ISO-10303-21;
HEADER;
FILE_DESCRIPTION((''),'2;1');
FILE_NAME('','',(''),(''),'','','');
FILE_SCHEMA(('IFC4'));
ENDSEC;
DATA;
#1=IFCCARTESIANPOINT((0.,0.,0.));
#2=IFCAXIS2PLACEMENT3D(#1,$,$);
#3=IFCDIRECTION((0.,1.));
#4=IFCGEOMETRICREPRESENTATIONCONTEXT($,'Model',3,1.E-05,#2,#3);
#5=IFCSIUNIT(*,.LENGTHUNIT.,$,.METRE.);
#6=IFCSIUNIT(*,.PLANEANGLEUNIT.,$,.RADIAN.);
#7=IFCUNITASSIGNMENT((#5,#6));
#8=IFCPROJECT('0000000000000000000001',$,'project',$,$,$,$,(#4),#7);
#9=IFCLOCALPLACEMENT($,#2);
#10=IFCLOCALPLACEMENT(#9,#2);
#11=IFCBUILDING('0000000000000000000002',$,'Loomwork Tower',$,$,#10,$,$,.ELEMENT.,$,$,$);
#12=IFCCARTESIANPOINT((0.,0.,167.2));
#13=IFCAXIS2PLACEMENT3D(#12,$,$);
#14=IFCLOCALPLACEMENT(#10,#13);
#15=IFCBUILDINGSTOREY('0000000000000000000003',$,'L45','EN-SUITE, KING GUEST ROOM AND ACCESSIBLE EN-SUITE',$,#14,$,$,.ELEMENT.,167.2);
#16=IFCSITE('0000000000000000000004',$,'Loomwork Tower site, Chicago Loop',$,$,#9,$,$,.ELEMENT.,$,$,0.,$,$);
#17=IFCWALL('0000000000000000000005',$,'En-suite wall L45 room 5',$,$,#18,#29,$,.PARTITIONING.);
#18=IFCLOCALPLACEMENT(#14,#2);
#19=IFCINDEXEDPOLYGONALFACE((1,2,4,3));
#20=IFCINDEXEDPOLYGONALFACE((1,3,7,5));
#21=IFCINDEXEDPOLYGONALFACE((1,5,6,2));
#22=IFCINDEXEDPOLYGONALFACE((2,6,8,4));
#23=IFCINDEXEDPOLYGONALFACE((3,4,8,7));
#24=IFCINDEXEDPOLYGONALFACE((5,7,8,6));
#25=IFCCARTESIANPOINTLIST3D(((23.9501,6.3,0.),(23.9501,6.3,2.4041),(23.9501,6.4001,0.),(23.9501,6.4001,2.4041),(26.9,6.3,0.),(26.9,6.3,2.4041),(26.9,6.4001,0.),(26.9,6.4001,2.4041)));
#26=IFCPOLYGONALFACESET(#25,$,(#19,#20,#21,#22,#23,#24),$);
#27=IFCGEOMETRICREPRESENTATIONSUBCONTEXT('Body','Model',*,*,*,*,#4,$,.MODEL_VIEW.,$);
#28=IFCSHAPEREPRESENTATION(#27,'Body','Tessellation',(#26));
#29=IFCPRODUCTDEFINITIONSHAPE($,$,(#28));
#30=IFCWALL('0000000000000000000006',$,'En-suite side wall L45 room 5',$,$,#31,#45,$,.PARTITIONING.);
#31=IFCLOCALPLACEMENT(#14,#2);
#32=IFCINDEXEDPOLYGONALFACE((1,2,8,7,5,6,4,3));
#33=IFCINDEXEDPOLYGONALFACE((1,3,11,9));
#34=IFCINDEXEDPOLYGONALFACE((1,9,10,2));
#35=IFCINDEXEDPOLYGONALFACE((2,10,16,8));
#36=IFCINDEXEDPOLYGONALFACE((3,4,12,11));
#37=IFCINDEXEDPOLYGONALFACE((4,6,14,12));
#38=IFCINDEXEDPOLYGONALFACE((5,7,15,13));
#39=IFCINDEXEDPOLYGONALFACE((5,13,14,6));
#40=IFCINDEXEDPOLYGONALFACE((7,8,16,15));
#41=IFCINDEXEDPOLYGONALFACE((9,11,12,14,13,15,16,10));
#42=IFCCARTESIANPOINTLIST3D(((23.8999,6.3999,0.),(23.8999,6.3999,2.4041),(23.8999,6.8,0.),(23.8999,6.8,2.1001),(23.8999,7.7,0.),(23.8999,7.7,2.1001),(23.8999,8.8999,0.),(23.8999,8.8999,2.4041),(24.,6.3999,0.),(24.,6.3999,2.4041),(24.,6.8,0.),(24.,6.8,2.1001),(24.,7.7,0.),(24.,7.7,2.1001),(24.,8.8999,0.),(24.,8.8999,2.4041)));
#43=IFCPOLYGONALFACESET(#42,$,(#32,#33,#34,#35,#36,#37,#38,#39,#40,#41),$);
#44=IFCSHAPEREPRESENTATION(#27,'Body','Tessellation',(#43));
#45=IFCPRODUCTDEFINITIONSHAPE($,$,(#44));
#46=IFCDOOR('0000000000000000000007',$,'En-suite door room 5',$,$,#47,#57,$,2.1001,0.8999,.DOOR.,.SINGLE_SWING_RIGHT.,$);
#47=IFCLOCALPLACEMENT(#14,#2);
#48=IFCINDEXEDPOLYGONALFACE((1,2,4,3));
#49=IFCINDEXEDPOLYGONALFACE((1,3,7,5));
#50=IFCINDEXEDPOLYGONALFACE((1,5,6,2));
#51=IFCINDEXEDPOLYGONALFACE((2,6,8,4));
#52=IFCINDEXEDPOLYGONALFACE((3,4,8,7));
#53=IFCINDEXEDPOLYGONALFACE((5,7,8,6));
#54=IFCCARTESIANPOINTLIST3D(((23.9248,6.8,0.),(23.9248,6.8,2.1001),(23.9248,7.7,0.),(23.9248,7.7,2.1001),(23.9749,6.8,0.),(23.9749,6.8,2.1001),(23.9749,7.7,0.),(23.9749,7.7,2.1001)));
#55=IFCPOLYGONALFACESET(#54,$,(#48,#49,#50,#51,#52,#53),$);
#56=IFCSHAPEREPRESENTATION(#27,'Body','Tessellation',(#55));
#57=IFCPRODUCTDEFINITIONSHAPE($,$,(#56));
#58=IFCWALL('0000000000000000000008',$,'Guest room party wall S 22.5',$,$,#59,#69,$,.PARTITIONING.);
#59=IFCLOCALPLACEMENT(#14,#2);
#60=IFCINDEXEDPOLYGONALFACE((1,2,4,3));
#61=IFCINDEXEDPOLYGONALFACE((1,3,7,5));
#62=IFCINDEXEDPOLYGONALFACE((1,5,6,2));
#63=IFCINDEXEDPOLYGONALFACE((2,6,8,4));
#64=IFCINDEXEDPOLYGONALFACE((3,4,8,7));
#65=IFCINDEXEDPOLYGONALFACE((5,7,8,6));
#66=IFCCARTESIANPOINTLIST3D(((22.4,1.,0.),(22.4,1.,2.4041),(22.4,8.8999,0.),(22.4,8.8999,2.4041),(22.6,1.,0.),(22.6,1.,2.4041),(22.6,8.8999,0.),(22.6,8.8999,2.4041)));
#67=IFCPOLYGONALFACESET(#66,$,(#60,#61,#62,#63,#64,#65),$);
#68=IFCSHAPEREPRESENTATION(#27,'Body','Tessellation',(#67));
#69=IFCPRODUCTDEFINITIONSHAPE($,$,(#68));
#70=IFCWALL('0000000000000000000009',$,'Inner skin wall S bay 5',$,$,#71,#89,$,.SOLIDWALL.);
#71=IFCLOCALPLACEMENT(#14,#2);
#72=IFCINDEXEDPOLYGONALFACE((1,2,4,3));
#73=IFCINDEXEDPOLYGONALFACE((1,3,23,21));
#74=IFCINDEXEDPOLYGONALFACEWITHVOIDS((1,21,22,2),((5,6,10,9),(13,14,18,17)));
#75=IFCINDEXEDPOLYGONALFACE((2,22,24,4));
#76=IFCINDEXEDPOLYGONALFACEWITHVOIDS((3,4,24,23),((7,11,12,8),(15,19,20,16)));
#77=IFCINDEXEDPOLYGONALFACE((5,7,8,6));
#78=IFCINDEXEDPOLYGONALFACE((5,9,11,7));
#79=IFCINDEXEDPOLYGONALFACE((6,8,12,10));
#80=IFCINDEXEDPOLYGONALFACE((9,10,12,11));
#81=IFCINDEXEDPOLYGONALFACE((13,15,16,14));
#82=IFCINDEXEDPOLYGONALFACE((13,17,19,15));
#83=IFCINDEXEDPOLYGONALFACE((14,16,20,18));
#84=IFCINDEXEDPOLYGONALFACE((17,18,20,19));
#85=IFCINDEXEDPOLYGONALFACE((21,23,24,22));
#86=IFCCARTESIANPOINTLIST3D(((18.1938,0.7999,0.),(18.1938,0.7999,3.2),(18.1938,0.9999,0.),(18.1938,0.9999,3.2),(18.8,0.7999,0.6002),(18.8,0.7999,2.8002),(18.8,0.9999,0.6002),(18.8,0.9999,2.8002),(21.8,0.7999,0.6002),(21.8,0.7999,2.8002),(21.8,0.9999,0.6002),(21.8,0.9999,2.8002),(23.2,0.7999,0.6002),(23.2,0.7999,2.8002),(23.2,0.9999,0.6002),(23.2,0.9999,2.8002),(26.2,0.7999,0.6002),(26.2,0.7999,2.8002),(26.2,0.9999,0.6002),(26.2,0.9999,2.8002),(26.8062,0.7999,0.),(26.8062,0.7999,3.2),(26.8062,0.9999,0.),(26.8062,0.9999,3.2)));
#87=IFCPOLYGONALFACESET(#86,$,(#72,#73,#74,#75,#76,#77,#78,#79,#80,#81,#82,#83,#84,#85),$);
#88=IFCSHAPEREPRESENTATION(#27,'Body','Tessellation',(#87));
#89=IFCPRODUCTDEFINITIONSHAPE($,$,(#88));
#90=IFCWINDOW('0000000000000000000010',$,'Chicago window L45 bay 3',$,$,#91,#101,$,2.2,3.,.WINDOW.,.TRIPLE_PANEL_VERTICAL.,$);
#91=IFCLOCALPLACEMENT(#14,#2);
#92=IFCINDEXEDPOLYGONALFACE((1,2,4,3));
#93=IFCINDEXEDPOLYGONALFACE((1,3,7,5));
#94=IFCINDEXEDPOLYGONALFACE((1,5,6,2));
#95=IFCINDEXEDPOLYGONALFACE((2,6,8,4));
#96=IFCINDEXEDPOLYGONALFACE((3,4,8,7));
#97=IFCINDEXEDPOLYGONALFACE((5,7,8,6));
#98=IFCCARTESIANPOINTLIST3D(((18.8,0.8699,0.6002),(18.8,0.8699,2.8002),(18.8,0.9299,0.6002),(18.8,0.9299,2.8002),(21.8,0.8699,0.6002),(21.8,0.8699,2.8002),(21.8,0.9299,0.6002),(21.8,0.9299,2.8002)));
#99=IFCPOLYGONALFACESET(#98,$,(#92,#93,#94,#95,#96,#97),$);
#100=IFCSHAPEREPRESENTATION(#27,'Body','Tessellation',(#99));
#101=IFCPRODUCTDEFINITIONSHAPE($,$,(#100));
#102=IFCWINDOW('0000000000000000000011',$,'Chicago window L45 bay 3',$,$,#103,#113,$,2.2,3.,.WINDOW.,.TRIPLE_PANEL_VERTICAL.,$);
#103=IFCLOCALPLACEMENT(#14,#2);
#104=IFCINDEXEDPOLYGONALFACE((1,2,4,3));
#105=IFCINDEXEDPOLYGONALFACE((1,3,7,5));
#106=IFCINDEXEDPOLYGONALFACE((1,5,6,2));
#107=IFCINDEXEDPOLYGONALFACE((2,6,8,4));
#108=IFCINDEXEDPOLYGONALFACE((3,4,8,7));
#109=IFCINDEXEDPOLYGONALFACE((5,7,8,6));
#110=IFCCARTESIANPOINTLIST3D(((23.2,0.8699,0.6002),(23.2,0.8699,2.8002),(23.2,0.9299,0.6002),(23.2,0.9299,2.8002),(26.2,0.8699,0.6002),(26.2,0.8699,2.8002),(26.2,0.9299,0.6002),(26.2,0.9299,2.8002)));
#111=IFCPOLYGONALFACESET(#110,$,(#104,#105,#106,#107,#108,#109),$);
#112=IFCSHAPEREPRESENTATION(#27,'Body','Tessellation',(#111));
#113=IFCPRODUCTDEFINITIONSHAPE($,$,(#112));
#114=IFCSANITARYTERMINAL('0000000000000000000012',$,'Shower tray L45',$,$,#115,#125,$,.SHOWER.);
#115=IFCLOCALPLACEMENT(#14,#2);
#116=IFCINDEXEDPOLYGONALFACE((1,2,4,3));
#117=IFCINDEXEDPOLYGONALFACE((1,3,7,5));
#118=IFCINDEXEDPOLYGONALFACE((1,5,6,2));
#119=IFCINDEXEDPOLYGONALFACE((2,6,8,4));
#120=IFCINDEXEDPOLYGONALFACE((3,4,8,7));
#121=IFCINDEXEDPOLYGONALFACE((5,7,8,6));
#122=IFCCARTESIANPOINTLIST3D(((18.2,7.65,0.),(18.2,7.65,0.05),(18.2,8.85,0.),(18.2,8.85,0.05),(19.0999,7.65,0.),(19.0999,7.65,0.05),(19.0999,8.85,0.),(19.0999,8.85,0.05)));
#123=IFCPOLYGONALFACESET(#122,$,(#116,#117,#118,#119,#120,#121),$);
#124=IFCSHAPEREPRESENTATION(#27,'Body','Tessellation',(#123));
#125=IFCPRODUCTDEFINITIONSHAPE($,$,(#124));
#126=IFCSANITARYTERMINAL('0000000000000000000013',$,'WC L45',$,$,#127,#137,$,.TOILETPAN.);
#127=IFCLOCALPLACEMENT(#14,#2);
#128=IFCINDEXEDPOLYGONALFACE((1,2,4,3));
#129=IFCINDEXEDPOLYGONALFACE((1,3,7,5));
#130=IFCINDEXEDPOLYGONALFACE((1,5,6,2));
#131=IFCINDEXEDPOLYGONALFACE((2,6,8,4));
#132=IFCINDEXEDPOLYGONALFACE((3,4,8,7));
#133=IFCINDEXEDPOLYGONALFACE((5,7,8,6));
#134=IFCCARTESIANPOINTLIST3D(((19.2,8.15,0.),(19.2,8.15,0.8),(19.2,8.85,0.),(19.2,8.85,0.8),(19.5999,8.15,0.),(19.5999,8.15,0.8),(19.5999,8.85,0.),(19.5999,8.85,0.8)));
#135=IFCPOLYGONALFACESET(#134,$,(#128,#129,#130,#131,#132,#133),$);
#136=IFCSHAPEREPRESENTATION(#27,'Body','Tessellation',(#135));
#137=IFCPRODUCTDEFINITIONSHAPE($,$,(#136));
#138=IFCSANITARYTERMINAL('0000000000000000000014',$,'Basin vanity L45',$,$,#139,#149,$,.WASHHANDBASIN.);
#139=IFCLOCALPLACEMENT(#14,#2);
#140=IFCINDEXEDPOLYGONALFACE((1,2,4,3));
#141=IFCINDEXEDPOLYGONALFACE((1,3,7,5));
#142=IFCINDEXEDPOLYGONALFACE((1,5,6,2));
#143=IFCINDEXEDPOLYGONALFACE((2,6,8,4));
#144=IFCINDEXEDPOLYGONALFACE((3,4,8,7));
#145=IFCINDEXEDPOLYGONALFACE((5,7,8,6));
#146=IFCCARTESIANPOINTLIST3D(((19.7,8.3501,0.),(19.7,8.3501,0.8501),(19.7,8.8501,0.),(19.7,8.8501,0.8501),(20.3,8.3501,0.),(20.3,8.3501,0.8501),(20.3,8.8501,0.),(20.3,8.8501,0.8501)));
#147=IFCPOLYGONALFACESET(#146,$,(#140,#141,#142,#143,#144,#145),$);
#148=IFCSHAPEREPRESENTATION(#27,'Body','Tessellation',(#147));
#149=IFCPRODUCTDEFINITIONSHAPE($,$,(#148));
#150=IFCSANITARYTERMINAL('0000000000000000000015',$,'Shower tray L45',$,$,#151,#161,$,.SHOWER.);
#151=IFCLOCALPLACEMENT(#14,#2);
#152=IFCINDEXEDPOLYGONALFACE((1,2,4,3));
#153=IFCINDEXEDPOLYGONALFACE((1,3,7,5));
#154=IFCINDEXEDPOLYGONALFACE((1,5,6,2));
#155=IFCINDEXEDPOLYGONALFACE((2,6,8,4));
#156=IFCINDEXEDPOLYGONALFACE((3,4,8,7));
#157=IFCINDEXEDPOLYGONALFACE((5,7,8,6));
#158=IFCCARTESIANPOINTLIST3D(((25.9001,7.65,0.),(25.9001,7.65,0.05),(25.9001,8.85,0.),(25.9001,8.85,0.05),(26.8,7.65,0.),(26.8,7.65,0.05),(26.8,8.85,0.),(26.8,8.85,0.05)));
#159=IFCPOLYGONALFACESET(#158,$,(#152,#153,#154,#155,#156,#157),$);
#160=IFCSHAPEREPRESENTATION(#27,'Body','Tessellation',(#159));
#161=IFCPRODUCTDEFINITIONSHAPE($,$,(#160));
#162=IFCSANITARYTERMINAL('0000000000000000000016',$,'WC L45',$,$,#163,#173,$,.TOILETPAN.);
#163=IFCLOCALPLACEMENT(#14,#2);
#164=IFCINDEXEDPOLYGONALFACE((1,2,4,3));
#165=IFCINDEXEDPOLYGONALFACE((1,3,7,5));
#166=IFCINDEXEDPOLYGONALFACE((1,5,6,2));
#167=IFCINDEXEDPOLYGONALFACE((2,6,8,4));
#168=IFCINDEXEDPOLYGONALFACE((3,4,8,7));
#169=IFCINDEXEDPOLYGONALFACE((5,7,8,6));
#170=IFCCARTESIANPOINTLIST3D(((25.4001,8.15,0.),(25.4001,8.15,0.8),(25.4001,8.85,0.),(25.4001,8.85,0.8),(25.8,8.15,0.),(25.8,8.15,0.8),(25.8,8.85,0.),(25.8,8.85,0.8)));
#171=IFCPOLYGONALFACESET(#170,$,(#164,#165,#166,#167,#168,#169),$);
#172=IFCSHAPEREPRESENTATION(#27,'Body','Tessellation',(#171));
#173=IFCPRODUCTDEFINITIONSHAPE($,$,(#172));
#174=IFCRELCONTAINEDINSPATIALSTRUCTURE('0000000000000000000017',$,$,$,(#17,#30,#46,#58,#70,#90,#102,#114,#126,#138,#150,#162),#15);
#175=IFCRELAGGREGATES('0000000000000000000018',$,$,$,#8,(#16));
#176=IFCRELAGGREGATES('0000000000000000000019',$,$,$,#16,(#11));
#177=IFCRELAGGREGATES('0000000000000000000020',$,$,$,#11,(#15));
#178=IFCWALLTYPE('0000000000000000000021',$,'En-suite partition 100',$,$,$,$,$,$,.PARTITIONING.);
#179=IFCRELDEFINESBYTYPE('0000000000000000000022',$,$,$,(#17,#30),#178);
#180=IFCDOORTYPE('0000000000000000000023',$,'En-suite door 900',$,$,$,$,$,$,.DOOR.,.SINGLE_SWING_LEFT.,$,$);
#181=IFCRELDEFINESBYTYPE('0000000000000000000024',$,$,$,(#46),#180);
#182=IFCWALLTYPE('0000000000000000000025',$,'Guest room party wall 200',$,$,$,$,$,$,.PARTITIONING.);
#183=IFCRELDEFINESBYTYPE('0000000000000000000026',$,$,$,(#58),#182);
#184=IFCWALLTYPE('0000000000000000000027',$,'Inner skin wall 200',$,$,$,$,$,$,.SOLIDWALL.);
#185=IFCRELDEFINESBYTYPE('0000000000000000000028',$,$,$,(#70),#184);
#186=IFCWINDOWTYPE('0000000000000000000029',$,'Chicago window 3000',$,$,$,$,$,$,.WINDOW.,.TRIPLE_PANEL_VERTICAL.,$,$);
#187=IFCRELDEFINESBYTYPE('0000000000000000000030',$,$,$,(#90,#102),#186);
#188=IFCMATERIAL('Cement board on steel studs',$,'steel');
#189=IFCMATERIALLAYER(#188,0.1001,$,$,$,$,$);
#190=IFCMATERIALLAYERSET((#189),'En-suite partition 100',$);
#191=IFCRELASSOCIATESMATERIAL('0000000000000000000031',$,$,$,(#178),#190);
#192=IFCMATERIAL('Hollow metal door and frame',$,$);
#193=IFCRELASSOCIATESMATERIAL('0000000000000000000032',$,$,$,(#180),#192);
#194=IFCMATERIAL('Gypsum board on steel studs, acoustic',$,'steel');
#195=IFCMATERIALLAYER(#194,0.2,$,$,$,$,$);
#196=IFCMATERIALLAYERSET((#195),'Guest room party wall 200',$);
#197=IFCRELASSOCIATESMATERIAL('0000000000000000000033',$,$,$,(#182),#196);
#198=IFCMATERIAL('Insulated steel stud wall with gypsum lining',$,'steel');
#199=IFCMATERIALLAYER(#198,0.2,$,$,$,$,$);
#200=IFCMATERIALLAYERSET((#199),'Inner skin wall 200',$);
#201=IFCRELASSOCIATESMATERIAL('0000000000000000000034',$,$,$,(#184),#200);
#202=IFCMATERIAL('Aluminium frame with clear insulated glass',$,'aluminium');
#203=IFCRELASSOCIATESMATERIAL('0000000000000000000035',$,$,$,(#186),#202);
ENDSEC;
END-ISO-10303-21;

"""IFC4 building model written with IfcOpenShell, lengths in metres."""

from ifc_helpers import new_model, si_unit, direction, frame, frame_2d, origin, origin_2d, place, context, subcontext, project, spatial, rectangle, extrude, material, layer, layer_set, type_object, element, fill, save


model = new_model("IFC4")

# Units and contexts
model_context = context("Model", 3, precision=1e-05, world=origin(), true_north=direction((0.0, 1.0)))
body_context = subcontext(model_context, "Body", "Model", "MODEL_VIEW")
ifc_project = project(units=[si_unit("LENGTHUNIT", "METRE"), si_unit("PLANEANGLEUNIT", "RADIAN")], contexts=[model_context])

# Site, building, storey
site_placement = place(None, origin())
site = spatial("IfcSite", under=ifc_project, at=site_placement, Name="Loomwork Tower site, Chicago Loop", CompositionType="ELEMENT", RefElevation=0.0)
building_placement = place(site_placement, origin())
building = spatial("IfcBuilding", under=site, at=building_placement, Name="Loomwork Tower", CompositionType="ELEMENT")
storey_placement = place(building_placement, frame((0.0, 0.0, 167.2)))
storey = spatial("IfcBuildingStorey", under=building, at=storey_placement, Name="L45", Description="EN-SUITE, KING GUEST ROOM AND ACCESSIBLE EN-SUITE", CompositionType="ELEMENT", Elevation=167.2)

# Shared definitions
ifc_material_1 = material(Name="Cement board on steel studs", Category="steel")
ifc_layer_1 = layer(ifc_material_1, 0.1001)
ifc_layer_set_1 = layer_set([ifc_layer_1], Name="En-suite partition 100")
wall_type_1 = type_object("IfcWallType", Name="En-suite partition 100", PredefinedType="PARTITIONING", material=ifc_layer_set_1)
ifc_material_2 = material(Name="Hollow metal door and frame")
door_type_1 = type_object("IfcDoorType", Name="En-suite door 900", OperationType="SINGLE_SWING_LEFT", PredefinedType="DOOR", material=ifc_material_2)

# Wall
wall_1_placement = place(storey_placement, frame((23.95, 6.3501, 0.0), z_axis=(0.0, 0.0, 1.0), x_axis=(1.0, 0.0, 0.0)))
element("IfcWall", 1, at=wall_1_placement, inside=storey, type_object=wall_type_1, Name="En-suite wall L45 room 5", PredefinedType="PARTITIONING", context=body_context, shape_type="SweptSolid", body=[
    extrude(rectangle(XDim=2.95, YDim=0.1001, at=frame_2d((1.4751, 0.0))), origin(), (0.0, 0.0, 1.0), 2.4041),
])

# Wall, opening, door
wall_2_placement = place(storey_placement, frame((23.95, 8.8999, 0.0), z_axis=(0.0, 0.0, 1.0), x_axis=(0.0, -1.0, 0.0)))
wall_2 = element("IfcWall", 2, at=wall_2_placement, inside=storey, type_object=wall_type_1, Name="En-suite side wall L45 room 5", PredefinedType="PARTITIONING", context=body_context, shape_type="SweptSolid", body=[
    extrude(rectangle(XDim=2.5, YDim=0.1001, at=frame_2d((1.25, 0.0))), origin(), (0.0, 0.0, 1.0), 2.4041),
])
opening_1_placement = place(wall_2_placement, frame((1.2, 0.0, 0.0)))
opening_1 = element("IfcOpeningElement", 3, at=opening_1_placement, cuts=wall_2, PredefinedType="OPENING", context=body_context, shape_type="SweptSolid", body=[
    extrude(rectangle(XDim=0.8999, YDim=2.1001, at=frame_2d((0.45, 1.05))), frame((0.0, 0.0601, 0.0), z_axis=(0.0, -1.0, 0.0), x_axis=(1.0, 0.0, 0.0)), (0.0, 0.0, 1.0), 0.1201),
])
door_1_placement = place(opening_1_placement, origin())
door_1 = element("IfcDoor", 4, at=door_1_placement, inside=storey, type_object=door_type_1, Name="En-suite door room 5", OperationType="SINGLE_SWING_RIGHT", OverallHeight=2.1001, OverallWidth=0.8999, PredefinedType="DOOR", context=body_context, shape_type="SweptSolid", body=[
    extrude(rectangle(XDim=0.8999, YDim=2.1001, at=frame_2d((0.45, 1.05))), frame((0.0, 0.0249, 0.0), z_axis=(0.0, -1.0, 0.0), x_axis=(1.0, 0.0, 0.0)), (0.0, 0.0, 1.0), 0.05),
])
fill(opening_1, door_1)

# Wall
ifc_material_3 = material(Name="Gypsum board on steel studs, acoustic", Category="steel")
ifc_layer_2 = layer(ifc_material_3, 0.2)
ifc_layer_set_2 = layer_set([ifc_layer_2], Name="Guest room party wall 200")
wall_type_2 = type_object("IfcWallType", Name="Guest room party wall 200", PredefinedType="PARTITIONING", material=ifc_layer_set_2)
wall_3_placement = place(storey_placement, frame((22.5, 8.8999, 0.0), z_axis=(0.0, 0.0, 1.0), x_axis=(0.0, -1.0, 0.0)))
element("IfcWall", 5, at=wall_3_placement, inside=storey, type_object=wall_type_2, Name="Guest room party wall S 22.5", PredefinedType="PARTITIONING", context=body_context, shape_type="SweptSolid", body=[
    extrude(rectangle(XDim=7.8999, YDim=0.2, at=frame_2d((3.95, 0.0))), origin(), (0.0, 0.0, 1.0), 2.4041),
])

# Wall, openings, windows
ifc_material_4 = material(Name="Insulated steel stud wall with gypsum lining", Category="steel")
ifc_layer_3 = layer(ifc_material_4, 0.2)
ifc_layer_set_3 = layer_set([ifc_layer_3], Name="Inner skin wall 200")
wall_type_3 = type_object("IfcWallType", Name="Inner skin wall 200", PredefinedType="SOLIDWALL", material=ifc_layer_set_3)
wall_4_placement = place(storey_placement, frame((18.1938, 0.8999, 0.0), z_axis=(0.0, 0.0, 1.0), x_axis=(1.0, 0.0, 0.0)))
wall_4 = element("IfcWall", 6, at=wall_4_placement, inside=storey, type_object=wall_type_3, Name="Inner skin wall S bay 5", PredefinedType="SOLIDWALL", context=body_context, shape_type="SweptSolid", body=[
    extrude(rectangle(XDim=8.6123, YDim=0.2, at=frame_2d((4.3062, 0.0))), origin(), (0.0, 0.0, 1.0), 3.2),
])
opening_2_placement = place(wall_4_placement, frame((0.6062, 0.0, 0.6001)))
opening_2 = element("IfcOpeningElement", 7, at=opening_2_placement, cuts=wall_4, PredefinedType="OPENING", context=body_context, shape_type="SweptSolid", body=[
    extrude(rectangle(XDim=3.0, YDim=2.2, at=frame_2d((1.5, 1.1001))), frame((0.0, 0.1099, 0.0), z_axis=(0.0, -1.0, 0.0), x_axis=(1.0, 0.0, 0.0)), (0.0, 0.0, 1.0), 0.22),
])
opening_3_placement = place(wall_4_placement, frame((5.0061, 0.0, 0.6001)))
opening_3 = element("IfcOpeningElement", 8, at=opening_3_placement, cuts=wall_4, PredefinedType="OPENING", context=body_context, shape_type="SweptSolid", body=[
    extrude(rectangle(XDim=3.0, YDim=2.2, at=frame_2d((1.5, 1.1001))), frame((0.0, 0.1099, 0.0), z_axis=(0.0, -1.0, 0.0), x_axis=(1.0, 0.0, 0.0)), (0.0, 0.0, 1.0), 0.22),
])
ifc_material_5 = material(Name="Aluminium frame with clear insulated glass", Category="aluminium")
window_type = type_object("IfcWindowType", Name="Chicago window 3000", PartitioningType="TRIPLE_PANEL_VERTICAL", PredefinedType="WINDOW", material=ifc_material_5)
window_1_placement = place(opening_2_placement, origin())
window_1 = element("IfcWindow", 9, at=window_1_placement, inside=storey, type_object=window_type, Name="Chicago window L45 bay 3", OverallHeight=2.2, OverallWidth=3.0, PartitioningType="TRIPLE_PANEL_VERTICAL", PredefinedType="WINDOW", context=body_context, shape_type="SweptSolid", body=[
    extrude(rectangle(XDim=3.0, YDim=2.2, at=frame_2d((1.5, 1.1001))), frame((0.0, 0.03, 0.0), z_axis=(0.0, -1.0, 0.0), x_axis=(1.0, 0.0, 0.0)), (0.0, 0.0, 1.0), 0.0601),
])
fill(opening_2, window_1)
window_2_placement = place(opening_3_placement, origin())
window_2 = element("IfcWindow", 10, at=window_2_placement, inside=storey, type_object=window_type, Name="Chicago window L45 bay 3", OverallHeight=2.2, OverallWidth=3.0, PartitioningType="TRIPLE_PANEL_VERTICAL", PredefinedType="WINDOW", context=body_context, shape_type="SweptSolid", body=[
    extrude(rectangle(XDim=3.0, YDim=2.2, at=frame_2d((1.5, 1.1001))), frame((0.0, 0.03, 0.0), z_axis=(0.0, -1.0, 0.0), x_axis=(1.0, 0.0, 0.0)), (0.0, 0.0, 1.0), 0.0601),
])
fill(opening_3, window_2)

# Sanitary terminals
sanitary_terminal_1_placement = place(storey_placement, frame((18.6499, 8.25, 0.0), z_axis=(0.0, 0.0, 1.0), x_axis=(1.0, 0.0, 0.0)))
element("IfcSanitaryTerminal", 11, at=sanitary_terminal_1_placement, inside=storey, Name="Shower tray L45", PredefinedType="SHOWER", context=body_context, shape_type="SweptSolid", body=[
    extrude(rectangle(XDim=0.8999, YDim=1.2, at=origin_2d()), origin(), (0.0, 0.0, 1.0), 0.05),
])
sanitary_terminal_2_placement = place(storey_placement, frame((19.3999, 8.5, 0.0), z_axis=(0.0, 0.0, 1.0), x_axis=(1.0, 0.0, 0.0)))
element("IfcSanitaryTerminal", 12, at=sanitary_terminal_2_placement, inside=storey, Name="WC L45", PredefinedType="TOILETPAN", context=body_context, shape_type="SweptSolid", body=[
    extrude(rectangle(XDim=0.3999, YDim=0.7, at=origin_2d()), origin(), (0.0, 0.0, 1.0), 0.8),
])
sanitary_terminal_3_placement = place(storey_placement, frame((20.0, 8.6001, 0.0), z_axis=(0.0, 0.0, 1.0), x_axis=(1.0, 0.0, 0.0)))
element("IfcSanitaryTerminal", 13, at=sanitary_terminal_3_placement, inside=storey, Name="Basin vanity L45", PredefinedType="WASHHANDBASIN", context=body_context, shape_type="SweptSolid", body=[
    extrude(rectangle(XDim=0.6001, YDim=0.5, at=origin_2d()), origin(), (0.0, 0.0, 1.0), 0.8501),
])
sanitary_terminal_4_placement = place(storey_placement, frame((26.3501, 8.25, 0.0), z_axis=(0.0, 0.0, 1.0), x_axis=(1.0, 0.0, 0.0)))
element("IfcSanitaryTerminal", 14, at=sanitary_terminal_4_placement, inside=storey, Name="Shower tray L45", PredefinedType="SHOWER", context=body_context, shape_type="SweptSolid", body=[
    extrude(rectangle(XDim=0.8999, YDim=1.2, at=origin_2d()), origin(), (0.0, 0.0, 1.0), 0.05),
])
sanitary_terminal_5_placement = place(storey_placement, frame((25.6001, 8.5, 0.0), z_axis=(0.0, 0.0, 1.0), x_axis=(1.0, 0.0, 0.0)))
element("IfcSanitaryTerminal", 15, at=sanitary_terminal_5_placement, inside=storey, Name="WC L45", PredefinedType="TOILETPAN", context=body_context, shape_type="SweptSolid", body=[
    extrude(rectangle(XDim=0.3999, YDim=0.7, at=origin_2d()), origin(), (0.0, 0.0, 1.0), 0.8),
])

save(model, "model.ifc")
